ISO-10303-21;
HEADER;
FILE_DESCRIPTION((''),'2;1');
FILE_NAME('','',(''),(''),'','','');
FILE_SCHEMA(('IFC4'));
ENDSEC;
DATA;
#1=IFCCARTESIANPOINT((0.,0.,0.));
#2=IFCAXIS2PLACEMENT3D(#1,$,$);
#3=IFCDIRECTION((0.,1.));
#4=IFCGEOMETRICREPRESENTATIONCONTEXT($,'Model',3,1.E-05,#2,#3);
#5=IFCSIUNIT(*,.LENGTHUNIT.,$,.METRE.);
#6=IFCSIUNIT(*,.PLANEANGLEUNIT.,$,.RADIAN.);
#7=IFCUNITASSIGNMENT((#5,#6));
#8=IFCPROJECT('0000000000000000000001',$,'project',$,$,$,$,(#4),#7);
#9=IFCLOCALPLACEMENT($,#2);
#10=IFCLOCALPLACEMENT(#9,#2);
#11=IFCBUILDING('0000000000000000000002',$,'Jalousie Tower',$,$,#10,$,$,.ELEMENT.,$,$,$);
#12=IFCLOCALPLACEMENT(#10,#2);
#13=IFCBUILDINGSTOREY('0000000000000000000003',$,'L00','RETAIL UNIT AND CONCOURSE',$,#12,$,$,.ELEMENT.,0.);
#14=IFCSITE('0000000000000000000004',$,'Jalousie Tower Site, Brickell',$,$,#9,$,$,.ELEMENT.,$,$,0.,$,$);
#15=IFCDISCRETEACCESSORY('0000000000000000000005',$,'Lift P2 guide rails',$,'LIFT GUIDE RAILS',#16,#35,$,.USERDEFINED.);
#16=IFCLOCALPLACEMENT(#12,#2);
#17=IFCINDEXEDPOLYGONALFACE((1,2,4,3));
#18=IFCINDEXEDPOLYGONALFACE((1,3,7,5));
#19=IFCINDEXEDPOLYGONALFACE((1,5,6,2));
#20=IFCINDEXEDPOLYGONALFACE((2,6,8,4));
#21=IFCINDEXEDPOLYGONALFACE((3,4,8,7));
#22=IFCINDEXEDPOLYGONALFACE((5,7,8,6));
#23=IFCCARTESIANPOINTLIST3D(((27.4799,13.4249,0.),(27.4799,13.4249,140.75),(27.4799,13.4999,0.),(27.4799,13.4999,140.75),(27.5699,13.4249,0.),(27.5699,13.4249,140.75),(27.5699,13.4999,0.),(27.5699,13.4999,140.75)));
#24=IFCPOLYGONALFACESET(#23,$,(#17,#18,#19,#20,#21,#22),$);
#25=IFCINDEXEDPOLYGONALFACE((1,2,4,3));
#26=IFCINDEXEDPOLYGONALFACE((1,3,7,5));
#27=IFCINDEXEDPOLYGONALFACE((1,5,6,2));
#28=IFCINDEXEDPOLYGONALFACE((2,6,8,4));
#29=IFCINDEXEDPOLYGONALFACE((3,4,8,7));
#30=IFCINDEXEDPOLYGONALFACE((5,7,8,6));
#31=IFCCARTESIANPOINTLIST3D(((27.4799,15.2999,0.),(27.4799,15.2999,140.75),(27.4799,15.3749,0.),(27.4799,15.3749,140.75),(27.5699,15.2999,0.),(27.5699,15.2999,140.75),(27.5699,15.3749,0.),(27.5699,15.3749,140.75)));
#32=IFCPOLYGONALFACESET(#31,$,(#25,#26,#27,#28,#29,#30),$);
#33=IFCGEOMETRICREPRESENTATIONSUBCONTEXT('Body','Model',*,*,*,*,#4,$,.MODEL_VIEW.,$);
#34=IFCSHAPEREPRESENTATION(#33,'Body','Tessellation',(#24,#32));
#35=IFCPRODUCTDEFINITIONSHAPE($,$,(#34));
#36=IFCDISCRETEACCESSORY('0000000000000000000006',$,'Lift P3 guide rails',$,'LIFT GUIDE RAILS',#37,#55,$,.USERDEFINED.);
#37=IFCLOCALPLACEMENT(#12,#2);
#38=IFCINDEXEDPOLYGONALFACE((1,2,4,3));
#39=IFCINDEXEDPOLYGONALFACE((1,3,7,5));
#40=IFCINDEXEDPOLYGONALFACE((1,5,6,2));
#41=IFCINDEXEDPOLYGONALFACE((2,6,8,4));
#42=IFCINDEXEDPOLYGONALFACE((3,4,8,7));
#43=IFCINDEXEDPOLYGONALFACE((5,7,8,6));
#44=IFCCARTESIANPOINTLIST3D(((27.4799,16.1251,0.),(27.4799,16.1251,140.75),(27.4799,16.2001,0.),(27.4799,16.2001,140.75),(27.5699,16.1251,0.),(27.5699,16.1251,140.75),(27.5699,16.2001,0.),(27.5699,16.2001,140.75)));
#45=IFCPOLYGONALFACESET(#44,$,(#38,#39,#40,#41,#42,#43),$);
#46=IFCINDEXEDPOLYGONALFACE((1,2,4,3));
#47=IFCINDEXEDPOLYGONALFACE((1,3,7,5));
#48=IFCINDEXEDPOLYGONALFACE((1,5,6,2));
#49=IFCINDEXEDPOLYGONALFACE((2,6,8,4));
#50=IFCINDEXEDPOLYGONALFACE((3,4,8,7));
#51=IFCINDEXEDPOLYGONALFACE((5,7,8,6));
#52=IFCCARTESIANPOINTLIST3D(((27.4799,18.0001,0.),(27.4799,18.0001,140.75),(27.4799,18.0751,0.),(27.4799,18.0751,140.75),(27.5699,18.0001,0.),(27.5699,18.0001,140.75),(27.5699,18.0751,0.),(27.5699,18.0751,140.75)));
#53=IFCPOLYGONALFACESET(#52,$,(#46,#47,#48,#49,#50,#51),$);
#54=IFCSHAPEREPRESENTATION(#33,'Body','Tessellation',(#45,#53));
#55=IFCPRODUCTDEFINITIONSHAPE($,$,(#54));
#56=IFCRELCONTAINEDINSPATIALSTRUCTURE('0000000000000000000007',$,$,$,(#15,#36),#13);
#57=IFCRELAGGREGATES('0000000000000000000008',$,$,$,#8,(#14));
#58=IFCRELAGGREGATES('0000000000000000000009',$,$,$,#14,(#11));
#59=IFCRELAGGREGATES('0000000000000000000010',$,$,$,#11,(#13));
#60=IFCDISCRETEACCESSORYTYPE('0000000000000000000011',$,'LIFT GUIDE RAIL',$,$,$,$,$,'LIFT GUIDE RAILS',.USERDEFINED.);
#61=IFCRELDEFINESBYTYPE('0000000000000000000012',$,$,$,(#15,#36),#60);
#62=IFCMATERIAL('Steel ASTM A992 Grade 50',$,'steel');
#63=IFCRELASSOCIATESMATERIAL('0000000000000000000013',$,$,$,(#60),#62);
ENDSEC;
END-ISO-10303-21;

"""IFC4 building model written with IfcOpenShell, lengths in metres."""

from ifc_helpers import new_model, si_unit, direction, frame, origin, origin_2d, place, context, subcontext, project, spatial, rectangle, extrude, material, type_object, element, save


model = new_model("IFC4")

# Units and contexts
model_context = context("Model", 3, precision=1e-05, world=origin(), true_north=direction((0.0, 1.0)))
body_context = subcontext(model_context, "Body", "Model", "MODEL_VIEW")
ifc_project = project(units=[si_unit("LENGTHUNIT", "METRE"), si_unit("PLANEANGLEUNIT", "RADIAN")], contexts=[model_context])

# Site, building, storey
site_placement = place(None, origin())
site = spatial("IfcSite", under=ifc_project, at=site_placement, Name="Jalousie Tower Site, Brickell", CompositionType="ELEMENT", RefElevation=0.0)
building_placement = place(site_placement, origin())
building = spatial("IfcBuilding", under=site, at=building_placement, Name="Jalousie Tower", CompositionType="ELEMENT")
storey_placement = place(building_placement, origin())
storey = spatial("IfcBuildingStorey", under=building, at=storey_placement, Name="L00", Description="RETAIL UNIT AND CONCOURSE", CompositionType="ELEMENT", Elevation=0.0)

# Discrete accessories
ifc_material_1 = material(Name="Steel ASTM A992 Grade 50", Category="steel")
discrete_accessory_type = type_object("IfcDiscreteAccessoryType", Name="LIFT GUIDE RAIL", ElementType="LIFT GUIDE RAILS", PredefinedType="USERDEFINED", material=ifc_material_1)
for number, where, z_axis, x_axis, name in (
    (1, (27.5249, 14.3999, 0.0), (0.0, 0.0, 1.0), (1.0, 0.0, 0.0), "Lift P2 guide rails"),
    (2, (27.5249, 17.1001, 0.0), (0.0, 0.0, 1.0), (1.0, 0.0, 0.0), "Lift P3 guide rails"),
):
    element("IfcDiscreteAccessory", number, at=place(storey_placement, frame(where, z_axis=z_axis, x_axis=x_axis)), inside=storey, type_object=discrete_accessory_type, Name=name, ObjectType="LIFT GUIDE RAILS", PredefinedType="USERDEFINED", context=body_context, shape_type="SweptSolid", body=[
        extrude(rectangle(XDim=0.09, YDim=0.075, at=origin_2d()), frame((0.0, -0.9375, 0.0)), (0.0, 0.0, 1.0), 140.75),
        extrude(rectangle(XDim=0.09, YDim=0.075, at=origin_2d()), frame((0.0, 0.9375, 0.0)), (0.0, 0.0, 1.0), 140.75),
    ])

save(model, "model.ifc")
